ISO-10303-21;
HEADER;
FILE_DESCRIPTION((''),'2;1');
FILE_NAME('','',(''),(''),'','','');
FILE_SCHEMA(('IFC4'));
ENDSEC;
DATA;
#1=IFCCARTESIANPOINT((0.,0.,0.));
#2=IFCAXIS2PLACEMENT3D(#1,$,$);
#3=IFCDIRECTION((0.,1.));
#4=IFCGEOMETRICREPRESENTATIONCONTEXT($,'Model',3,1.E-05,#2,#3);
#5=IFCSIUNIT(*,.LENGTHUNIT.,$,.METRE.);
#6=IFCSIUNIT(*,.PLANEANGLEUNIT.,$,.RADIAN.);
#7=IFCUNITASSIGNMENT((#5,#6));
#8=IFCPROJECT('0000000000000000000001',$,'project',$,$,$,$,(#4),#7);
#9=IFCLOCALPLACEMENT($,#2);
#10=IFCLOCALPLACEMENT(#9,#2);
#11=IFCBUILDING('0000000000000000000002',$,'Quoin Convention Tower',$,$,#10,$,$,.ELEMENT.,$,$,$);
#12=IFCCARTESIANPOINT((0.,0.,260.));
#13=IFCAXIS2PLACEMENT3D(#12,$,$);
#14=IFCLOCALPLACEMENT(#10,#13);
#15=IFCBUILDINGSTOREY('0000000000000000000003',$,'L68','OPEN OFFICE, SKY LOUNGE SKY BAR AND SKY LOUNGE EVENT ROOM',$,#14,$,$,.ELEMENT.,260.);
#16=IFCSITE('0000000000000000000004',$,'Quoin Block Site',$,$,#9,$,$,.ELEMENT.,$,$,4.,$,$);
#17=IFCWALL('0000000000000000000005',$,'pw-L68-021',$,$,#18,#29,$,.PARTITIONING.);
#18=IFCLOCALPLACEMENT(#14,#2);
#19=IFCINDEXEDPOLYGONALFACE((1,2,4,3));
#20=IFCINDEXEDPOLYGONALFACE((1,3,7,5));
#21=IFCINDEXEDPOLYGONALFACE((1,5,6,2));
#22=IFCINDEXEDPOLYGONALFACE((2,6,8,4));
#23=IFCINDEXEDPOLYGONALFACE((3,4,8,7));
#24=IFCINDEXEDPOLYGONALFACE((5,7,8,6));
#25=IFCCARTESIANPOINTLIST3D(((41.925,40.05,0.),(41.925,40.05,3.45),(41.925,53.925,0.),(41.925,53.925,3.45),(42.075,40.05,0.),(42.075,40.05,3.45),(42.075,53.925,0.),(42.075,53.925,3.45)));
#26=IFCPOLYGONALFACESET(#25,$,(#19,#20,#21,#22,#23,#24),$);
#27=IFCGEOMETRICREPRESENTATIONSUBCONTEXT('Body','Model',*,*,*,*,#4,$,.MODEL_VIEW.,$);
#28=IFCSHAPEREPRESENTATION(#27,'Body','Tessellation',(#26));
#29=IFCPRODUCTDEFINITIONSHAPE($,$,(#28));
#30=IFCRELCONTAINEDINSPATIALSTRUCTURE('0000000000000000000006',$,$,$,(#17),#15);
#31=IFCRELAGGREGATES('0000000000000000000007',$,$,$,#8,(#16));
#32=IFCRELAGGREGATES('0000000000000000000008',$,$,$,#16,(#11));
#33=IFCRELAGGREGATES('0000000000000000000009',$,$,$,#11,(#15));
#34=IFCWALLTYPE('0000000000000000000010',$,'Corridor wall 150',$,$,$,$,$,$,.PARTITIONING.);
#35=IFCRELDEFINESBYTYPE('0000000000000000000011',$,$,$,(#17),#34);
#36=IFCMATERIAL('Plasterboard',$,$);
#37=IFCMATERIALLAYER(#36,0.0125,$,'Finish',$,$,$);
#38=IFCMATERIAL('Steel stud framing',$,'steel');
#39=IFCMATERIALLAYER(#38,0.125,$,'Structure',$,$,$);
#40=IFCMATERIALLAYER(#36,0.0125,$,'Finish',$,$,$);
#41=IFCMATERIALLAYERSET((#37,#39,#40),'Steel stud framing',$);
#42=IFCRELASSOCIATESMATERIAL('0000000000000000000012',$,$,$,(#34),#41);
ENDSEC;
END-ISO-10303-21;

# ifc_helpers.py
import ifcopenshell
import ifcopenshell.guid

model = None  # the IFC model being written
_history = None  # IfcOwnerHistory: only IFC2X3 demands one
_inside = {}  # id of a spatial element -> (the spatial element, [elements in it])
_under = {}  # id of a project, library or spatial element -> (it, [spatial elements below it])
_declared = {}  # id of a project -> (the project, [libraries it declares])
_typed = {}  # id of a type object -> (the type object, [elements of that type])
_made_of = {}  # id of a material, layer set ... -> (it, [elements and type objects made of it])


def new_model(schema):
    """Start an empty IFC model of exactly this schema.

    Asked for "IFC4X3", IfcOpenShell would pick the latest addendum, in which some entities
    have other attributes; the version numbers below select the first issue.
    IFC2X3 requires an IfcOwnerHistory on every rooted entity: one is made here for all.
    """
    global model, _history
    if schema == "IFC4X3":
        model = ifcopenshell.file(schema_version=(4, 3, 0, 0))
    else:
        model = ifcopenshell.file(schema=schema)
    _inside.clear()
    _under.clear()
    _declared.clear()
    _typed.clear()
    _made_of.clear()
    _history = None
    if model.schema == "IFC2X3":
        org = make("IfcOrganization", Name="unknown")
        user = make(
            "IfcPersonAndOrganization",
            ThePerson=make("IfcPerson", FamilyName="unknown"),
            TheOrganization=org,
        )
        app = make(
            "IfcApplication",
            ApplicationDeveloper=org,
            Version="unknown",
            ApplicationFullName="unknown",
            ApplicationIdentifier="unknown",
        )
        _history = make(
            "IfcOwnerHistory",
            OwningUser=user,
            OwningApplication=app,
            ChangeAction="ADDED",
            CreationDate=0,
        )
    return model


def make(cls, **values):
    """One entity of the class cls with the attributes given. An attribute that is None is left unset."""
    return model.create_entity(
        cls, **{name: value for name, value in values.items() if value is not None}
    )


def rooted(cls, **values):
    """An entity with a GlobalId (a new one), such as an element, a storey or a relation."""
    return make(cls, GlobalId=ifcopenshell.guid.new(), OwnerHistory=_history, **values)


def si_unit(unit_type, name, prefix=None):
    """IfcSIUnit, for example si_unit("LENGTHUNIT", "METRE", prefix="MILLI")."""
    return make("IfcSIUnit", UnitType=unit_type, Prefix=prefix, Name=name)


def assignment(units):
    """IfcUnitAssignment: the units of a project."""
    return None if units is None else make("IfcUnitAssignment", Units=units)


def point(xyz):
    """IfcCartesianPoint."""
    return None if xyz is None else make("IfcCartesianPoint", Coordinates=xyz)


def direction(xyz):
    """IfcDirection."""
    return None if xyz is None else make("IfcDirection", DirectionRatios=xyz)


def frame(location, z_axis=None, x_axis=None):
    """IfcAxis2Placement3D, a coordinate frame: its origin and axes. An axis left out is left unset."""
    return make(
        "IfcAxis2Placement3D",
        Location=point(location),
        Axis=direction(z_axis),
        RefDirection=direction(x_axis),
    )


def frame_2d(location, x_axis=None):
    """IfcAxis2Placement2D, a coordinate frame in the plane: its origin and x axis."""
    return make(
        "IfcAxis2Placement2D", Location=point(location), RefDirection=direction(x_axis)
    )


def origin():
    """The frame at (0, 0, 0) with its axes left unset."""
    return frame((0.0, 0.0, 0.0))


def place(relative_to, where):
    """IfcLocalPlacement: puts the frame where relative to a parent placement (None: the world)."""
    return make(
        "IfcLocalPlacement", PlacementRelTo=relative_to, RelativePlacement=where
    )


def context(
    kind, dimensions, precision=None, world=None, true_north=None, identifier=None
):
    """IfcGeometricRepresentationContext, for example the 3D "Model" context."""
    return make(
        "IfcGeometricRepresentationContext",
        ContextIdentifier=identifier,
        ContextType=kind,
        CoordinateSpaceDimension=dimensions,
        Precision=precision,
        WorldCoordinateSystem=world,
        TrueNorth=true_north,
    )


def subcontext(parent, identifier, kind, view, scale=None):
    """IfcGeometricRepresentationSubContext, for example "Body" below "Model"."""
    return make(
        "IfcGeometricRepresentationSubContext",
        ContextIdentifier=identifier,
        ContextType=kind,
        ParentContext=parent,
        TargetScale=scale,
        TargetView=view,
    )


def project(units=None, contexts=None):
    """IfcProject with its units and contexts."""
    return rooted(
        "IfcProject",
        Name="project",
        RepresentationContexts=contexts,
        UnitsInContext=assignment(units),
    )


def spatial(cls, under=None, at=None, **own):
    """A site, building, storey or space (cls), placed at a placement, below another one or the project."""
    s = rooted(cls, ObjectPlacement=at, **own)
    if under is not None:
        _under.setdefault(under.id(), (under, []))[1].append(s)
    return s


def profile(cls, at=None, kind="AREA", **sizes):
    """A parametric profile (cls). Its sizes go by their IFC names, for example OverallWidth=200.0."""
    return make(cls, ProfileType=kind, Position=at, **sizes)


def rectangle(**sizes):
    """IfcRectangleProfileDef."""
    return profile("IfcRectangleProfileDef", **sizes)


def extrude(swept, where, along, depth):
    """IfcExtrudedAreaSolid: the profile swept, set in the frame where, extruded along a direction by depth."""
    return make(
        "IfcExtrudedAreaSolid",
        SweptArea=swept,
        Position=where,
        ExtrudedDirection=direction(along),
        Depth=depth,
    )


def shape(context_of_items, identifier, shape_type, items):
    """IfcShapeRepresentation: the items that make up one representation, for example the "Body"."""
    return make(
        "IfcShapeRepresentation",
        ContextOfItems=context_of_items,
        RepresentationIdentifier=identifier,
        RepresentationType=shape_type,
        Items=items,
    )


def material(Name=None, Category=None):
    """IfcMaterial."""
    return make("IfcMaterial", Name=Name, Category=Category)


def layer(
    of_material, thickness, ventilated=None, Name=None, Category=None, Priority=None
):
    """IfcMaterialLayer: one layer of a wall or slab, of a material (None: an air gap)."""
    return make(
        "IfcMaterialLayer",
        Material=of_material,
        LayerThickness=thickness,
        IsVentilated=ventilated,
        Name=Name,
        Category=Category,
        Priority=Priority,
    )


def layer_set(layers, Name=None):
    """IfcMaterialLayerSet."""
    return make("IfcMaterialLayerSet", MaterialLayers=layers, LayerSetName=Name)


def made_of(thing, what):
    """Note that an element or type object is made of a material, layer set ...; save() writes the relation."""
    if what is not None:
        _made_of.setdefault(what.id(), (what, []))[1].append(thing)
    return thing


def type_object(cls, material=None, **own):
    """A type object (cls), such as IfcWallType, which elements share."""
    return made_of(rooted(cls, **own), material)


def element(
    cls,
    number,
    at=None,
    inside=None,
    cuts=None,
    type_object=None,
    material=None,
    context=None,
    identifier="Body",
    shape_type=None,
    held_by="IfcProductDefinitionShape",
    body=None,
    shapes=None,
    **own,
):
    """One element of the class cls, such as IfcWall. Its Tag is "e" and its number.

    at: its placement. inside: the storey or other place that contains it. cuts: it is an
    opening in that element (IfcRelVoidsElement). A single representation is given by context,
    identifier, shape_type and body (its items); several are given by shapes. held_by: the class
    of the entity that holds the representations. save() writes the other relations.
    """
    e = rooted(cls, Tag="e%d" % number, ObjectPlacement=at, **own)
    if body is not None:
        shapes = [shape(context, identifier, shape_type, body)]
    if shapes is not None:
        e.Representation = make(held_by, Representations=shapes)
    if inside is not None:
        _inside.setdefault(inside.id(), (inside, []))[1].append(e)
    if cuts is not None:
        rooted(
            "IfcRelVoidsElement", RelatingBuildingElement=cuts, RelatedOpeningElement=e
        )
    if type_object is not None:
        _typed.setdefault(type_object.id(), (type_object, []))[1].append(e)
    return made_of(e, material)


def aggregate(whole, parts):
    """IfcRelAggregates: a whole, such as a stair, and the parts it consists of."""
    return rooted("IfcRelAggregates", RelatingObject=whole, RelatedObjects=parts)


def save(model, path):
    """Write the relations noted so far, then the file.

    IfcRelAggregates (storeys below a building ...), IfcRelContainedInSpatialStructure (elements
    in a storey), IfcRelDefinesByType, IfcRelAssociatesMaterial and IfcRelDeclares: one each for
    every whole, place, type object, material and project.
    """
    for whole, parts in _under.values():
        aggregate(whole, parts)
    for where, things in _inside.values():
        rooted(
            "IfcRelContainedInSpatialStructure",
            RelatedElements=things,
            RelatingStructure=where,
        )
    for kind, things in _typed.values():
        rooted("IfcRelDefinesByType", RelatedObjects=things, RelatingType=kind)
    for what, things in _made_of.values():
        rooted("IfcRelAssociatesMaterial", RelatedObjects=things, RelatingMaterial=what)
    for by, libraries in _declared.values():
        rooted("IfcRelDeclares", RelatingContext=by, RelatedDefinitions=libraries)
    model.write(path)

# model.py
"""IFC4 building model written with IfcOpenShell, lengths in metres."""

from ifc_helpers import new_model, si_unit, direction, frame, frame_2d, origin, place, context, subcontext, project, spatial, rectangle, extrude, material, layer, layer_set, type_object, element, save


model = new_model("IFC4")

# Units and contexts
model_context = context("Model", 3, precision=1e-05, world=origin(), true_north=direction((0.0, 1.0)))
body_context = subcontext(model_context, "Body", "Model", "MODEL_VIEW")
ifc_project = project(units=[si_unit("LENGTHUNIT", "METRE"), si_unit("PLANEANGLEUNIT", "RADIAN")], contexts=[model_context])

# Site, building, storey
site_placement = place(None, origin())
site = spatial("IfcSite", under=ifc_project, at=site_placement, Name="Quoin Block Site", CompositionType="ELEMENT", RefElevation=4.0)
building_placement = place(site_placement, origin())
building = spatial("IfcBuilding", under=site, at=building_placement, Name="Quoin Convention Tower", CompositionType="ELEMENT")
storey_placement = place(building_placement, frame((0.0, 0.0, 260.0)))
storey = spatial("IfcBuildingStorey", under=building, at=storey_placement, Name="L68", Description="OPEN OFFICE, SKY LOUNGE SKY BAR AND SKY LOUNGE EVENT ROOM", CompositionType="ELEMENT", Elevation=260.0)

# Wall
ifc_material_1 = material(Name="Plasterboard")
ifc_layer_1 = layer(ifc_material_1, 0.0125, Name="Finish")
ifc_material_2 = material(Name="Steel stud framing", Category="steel")
ifc_layer_2 = layer(ifc_material_2, 0.125, Name="Structure")
ifc_layer_3 = layer(ifc_material_1, 0.0125, Name="Finish")
ifc_layer_set_1 = layer_set([ifc_layer_1, ifc_layer_2, ifc_layer_3], Name="Steel stud framing")
wall_type_1 = type_object("IfcWallType", Name="Corridor wall 150", PredefinedType="PARTITIONING", material=ifc_layer_set_1)
wall_1_placement = place(storey_placement, frame((42.0, 40.05, 0.0), z_axis=(0.0, 0.0, 1.0), x_axis=(0.0, 1.0, 0.0)))
element("IfcWall", 1, at=wall_1_placement, inside=storey, type_object=wall_type_1, Name="pw-L68-021", PredefinedType="PARTITIONING", context=body_context, shape_type="SweptSolid", body=[
    extrude(rectangle(XDim=13.875, YDim=0.1499, at=frame_2d((6.9375, 0.0))), origin(), (0.0, 0.0, 1.0), 3.45),
])

save(model, "model.ifc")
